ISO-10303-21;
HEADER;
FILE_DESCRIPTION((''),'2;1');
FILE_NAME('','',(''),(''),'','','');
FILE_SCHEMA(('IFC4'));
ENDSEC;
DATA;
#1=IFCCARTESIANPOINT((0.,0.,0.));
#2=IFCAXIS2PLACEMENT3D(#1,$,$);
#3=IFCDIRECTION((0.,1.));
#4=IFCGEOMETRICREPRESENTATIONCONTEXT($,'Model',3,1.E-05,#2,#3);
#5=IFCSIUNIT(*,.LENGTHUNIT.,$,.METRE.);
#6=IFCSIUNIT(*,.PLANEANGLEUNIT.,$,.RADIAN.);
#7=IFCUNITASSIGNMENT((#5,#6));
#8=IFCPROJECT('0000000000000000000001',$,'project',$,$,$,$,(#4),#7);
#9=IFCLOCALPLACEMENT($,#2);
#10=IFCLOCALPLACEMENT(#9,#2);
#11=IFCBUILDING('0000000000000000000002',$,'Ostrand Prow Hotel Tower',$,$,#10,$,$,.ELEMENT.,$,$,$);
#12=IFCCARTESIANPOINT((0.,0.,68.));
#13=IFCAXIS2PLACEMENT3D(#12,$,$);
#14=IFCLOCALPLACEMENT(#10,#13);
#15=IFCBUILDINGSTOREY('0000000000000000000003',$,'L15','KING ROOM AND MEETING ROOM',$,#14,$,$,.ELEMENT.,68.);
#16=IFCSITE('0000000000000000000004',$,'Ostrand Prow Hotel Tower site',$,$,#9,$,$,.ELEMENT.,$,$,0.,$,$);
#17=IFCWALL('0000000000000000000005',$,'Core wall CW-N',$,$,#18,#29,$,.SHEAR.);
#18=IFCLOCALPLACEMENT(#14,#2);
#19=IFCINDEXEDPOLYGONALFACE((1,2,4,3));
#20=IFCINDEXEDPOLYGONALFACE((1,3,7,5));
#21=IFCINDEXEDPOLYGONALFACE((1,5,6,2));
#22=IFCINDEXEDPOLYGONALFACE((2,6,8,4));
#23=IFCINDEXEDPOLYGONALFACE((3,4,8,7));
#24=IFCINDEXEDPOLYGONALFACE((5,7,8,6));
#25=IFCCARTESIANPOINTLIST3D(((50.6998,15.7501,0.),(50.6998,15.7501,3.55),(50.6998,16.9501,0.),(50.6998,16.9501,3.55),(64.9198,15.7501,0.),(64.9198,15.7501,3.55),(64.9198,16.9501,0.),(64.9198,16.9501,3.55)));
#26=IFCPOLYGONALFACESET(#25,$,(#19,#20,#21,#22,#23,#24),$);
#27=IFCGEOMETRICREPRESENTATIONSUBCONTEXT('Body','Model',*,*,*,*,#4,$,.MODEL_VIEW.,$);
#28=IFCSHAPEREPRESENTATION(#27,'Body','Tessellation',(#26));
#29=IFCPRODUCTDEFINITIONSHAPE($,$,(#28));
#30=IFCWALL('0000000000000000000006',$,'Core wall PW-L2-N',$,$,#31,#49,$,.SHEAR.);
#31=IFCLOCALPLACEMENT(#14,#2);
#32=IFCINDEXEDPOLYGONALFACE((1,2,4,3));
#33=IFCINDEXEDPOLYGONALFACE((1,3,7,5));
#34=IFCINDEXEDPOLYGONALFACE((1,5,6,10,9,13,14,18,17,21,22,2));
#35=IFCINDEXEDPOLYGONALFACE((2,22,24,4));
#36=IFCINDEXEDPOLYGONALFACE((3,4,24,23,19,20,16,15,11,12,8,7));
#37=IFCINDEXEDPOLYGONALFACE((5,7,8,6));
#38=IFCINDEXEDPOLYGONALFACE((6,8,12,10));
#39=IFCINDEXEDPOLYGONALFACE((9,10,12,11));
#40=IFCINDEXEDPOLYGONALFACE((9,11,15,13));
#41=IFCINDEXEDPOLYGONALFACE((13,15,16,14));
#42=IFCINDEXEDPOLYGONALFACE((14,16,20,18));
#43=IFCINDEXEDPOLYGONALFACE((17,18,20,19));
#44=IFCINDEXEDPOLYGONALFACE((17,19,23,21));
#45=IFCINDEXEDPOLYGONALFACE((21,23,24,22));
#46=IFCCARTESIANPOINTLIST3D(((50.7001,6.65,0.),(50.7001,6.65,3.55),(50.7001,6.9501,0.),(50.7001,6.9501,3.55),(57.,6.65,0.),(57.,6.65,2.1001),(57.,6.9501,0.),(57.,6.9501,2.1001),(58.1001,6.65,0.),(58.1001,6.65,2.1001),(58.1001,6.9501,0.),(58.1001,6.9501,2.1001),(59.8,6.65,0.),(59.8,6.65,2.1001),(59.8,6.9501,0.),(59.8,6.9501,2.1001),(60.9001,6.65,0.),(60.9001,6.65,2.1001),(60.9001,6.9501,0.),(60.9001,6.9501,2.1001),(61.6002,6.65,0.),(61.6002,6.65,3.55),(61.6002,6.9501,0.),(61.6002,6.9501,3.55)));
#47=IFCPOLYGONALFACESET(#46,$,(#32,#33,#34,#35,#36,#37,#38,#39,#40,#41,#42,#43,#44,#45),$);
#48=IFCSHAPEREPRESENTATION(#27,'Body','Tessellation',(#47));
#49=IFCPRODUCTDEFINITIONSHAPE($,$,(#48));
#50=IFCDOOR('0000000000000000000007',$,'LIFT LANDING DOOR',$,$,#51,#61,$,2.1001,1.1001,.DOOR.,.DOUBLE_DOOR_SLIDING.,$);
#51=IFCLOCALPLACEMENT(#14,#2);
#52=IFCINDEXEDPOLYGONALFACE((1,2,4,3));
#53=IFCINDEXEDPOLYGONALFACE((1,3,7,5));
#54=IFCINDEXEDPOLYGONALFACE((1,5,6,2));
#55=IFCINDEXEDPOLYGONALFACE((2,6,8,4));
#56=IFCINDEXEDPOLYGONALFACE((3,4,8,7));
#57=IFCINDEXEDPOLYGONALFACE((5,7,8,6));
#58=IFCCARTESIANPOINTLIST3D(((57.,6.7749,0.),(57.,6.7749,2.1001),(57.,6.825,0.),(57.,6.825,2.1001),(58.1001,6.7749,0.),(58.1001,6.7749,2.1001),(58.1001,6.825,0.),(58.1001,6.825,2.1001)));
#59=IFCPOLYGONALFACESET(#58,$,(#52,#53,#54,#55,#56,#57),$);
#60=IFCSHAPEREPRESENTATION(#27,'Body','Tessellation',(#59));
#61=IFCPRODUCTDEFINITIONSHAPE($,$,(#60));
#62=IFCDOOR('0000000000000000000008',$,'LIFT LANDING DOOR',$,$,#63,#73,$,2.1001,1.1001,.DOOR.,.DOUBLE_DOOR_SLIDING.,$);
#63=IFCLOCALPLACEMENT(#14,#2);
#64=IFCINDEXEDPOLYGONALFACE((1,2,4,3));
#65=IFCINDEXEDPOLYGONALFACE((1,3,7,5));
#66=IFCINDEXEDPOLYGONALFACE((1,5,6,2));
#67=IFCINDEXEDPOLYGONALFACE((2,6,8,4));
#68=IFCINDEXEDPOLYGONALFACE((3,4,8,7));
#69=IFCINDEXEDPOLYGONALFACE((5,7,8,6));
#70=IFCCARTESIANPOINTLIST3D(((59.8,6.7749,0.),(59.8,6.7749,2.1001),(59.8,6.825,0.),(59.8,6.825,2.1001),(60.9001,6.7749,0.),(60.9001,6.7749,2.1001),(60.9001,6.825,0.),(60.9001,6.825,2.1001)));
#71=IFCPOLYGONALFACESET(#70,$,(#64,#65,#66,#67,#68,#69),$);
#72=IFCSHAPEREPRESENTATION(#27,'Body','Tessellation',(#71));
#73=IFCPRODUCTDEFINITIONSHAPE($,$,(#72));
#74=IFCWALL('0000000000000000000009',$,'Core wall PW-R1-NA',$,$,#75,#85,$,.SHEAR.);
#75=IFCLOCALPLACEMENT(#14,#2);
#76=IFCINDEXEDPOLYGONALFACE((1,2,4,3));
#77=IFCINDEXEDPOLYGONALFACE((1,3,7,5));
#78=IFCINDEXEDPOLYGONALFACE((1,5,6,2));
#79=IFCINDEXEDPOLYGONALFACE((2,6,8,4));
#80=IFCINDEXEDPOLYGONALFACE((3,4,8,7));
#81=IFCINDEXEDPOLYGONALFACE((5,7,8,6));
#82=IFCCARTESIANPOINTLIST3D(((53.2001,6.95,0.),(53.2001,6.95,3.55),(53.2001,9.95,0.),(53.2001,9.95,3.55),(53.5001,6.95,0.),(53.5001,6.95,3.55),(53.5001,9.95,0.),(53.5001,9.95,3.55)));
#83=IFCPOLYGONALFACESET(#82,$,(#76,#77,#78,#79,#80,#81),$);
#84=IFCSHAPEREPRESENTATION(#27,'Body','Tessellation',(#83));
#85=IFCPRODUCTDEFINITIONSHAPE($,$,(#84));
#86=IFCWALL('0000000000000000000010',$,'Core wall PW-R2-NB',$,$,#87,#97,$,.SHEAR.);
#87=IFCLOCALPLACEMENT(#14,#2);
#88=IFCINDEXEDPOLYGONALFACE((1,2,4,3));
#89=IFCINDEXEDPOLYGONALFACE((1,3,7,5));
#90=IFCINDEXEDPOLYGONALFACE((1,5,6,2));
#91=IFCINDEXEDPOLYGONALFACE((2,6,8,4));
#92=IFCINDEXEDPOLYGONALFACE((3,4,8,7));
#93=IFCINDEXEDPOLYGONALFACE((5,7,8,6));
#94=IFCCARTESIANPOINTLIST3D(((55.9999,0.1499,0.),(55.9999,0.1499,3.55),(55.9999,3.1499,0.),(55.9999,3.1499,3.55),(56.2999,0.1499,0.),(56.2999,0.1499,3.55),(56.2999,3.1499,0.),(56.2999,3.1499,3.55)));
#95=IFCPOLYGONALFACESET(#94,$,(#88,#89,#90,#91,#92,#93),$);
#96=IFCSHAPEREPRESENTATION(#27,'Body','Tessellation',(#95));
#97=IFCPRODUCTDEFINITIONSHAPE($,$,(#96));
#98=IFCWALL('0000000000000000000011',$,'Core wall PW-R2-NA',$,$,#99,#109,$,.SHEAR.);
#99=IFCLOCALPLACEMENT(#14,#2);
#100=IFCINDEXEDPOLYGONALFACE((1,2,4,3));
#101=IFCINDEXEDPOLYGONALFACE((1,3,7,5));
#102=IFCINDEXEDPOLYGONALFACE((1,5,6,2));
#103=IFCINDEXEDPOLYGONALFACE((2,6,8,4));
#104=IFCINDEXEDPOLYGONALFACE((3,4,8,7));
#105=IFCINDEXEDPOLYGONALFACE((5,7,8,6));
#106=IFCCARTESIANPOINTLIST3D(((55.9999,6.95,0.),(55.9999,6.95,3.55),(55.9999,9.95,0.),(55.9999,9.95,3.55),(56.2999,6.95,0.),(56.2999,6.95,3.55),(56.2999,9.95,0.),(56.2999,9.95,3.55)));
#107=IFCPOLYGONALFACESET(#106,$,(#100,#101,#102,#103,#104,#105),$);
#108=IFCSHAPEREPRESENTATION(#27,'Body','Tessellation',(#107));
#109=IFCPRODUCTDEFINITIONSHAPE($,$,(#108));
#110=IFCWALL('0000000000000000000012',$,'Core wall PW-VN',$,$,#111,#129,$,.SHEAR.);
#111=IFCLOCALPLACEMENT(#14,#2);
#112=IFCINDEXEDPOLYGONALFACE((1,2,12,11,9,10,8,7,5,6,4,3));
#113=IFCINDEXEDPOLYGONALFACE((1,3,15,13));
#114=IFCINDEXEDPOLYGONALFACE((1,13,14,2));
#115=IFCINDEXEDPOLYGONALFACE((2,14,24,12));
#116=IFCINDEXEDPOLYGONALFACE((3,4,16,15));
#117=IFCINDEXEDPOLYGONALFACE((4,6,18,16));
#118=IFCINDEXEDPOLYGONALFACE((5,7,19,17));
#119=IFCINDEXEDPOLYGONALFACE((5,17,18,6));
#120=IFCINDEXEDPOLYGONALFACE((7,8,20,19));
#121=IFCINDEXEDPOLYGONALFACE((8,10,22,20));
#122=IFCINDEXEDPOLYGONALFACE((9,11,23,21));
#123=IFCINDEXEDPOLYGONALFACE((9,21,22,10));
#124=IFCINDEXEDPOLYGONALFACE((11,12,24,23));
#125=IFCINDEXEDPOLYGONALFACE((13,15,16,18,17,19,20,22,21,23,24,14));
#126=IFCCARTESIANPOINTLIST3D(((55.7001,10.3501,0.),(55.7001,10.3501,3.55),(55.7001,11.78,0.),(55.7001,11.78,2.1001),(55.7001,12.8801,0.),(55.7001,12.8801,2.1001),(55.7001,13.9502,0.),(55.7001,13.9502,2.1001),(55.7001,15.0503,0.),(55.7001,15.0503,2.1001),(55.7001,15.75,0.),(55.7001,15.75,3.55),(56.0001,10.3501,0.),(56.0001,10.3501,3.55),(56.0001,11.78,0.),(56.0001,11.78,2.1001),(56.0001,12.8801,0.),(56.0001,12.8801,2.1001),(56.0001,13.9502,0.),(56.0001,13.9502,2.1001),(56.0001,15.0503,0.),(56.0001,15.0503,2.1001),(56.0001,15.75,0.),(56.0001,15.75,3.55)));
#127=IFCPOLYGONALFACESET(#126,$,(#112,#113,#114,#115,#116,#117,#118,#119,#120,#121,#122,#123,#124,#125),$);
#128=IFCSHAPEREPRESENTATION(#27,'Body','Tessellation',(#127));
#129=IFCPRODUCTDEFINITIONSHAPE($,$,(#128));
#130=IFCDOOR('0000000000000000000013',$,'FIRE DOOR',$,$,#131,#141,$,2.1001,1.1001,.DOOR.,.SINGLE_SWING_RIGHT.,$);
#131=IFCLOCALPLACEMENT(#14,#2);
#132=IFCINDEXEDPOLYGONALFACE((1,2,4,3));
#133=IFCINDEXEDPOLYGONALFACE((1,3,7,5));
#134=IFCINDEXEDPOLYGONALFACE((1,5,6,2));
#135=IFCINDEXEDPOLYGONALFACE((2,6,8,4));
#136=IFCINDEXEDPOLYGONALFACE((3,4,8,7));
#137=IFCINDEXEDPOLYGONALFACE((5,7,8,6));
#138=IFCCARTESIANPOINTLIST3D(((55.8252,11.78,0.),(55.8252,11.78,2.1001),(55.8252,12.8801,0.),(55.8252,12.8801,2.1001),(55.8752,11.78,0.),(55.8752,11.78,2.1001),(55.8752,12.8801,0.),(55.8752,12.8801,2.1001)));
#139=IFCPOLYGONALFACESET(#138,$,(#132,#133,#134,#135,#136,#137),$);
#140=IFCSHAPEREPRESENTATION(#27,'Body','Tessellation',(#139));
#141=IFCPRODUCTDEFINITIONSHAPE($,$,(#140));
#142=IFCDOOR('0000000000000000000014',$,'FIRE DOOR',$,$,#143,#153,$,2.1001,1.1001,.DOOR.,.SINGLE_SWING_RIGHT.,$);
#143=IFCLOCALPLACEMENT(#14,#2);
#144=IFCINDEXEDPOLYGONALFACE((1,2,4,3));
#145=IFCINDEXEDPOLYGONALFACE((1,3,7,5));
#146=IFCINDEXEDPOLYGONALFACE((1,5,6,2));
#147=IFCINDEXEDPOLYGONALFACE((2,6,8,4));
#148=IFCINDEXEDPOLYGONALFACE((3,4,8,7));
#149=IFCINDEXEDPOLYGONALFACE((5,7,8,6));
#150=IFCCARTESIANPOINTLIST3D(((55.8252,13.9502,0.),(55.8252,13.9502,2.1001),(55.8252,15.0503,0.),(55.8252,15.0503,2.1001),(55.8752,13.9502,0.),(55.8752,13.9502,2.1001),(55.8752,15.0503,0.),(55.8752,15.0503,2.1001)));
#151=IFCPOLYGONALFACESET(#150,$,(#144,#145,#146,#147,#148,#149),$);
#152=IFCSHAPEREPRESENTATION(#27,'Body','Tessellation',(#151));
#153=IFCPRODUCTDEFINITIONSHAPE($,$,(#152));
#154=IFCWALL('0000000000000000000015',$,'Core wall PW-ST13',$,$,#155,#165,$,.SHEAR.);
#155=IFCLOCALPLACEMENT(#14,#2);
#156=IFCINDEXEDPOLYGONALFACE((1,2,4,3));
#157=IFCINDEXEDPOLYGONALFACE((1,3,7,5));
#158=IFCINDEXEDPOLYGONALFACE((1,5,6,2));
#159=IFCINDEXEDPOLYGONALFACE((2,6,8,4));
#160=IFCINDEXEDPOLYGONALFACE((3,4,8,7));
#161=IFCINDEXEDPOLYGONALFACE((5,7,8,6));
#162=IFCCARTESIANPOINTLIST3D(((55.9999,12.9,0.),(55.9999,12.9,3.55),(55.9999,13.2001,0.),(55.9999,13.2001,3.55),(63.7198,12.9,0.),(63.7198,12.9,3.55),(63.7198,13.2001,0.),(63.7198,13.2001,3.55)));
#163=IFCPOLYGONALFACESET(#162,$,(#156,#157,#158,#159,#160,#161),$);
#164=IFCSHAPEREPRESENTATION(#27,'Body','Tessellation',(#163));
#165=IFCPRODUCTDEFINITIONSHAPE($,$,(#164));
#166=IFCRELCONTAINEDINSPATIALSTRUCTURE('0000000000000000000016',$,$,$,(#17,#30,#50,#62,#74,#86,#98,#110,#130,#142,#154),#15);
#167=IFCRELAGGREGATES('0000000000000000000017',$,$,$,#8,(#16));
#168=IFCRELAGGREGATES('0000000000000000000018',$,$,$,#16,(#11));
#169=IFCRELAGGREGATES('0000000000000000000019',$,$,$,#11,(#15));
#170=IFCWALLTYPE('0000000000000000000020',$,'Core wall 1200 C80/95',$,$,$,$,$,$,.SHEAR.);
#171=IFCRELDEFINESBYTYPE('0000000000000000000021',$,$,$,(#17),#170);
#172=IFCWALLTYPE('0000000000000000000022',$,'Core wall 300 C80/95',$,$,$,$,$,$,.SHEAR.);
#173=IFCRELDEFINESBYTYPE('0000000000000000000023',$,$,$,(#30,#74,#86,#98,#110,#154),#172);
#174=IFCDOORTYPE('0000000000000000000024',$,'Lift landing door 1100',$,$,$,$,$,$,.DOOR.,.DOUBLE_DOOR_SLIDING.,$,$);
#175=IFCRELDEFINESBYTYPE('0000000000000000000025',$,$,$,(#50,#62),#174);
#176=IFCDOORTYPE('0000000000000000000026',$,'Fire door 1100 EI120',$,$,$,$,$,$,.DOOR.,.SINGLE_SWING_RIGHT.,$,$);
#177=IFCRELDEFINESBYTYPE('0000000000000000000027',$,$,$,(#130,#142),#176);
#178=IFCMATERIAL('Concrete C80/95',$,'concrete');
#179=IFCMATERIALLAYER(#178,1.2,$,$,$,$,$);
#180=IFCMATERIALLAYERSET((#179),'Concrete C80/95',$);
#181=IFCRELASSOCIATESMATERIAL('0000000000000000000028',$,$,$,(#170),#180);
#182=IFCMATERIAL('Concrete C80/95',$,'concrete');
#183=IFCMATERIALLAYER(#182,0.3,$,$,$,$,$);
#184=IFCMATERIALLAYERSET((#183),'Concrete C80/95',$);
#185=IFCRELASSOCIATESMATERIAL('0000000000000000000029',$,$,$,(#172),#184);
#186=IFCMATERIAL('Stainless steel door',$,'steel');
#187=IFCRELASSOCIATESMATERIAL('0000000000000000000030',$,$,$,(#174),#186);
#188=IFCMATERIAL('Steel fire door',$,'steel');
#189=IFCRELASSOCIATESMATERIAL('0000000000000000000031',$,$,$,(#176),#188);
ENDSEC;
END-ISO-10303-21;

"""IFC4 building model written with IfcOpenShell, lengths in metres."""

from ifc_helpers import new_model, si_unit, direction, frame, frame_2d, origin, place, context, subcontext, project, spatial, rectangle, extrude, material, layer, layer_set, type_object, element, fill, save


model = new_model("IFC4")

# Units and contexts
model_context = context("Model", 3, precision=1e-05, world=origin(), true_north=direction((0.0, 1.0)))
body_context = subcontext(model_context, "Body", "Model", "MODEL_VIEW")
ifc_project = project(units=[si_unit("LENGTHUNIT", "METRE"), si_unit("PLANEANGLEUNIT", "RADIAN")], contexts=[model_context])

# Site, building, storey
site_placement = place(None, origin())
site = spatial("IfcSite", under=ifc_project, at=site_placement, Name="Ostrand Prow Hotel Tower site", CompositionType="ELEMENT", RefElevation=0.0)
building_placement = place(site_placement, origin())
building = spatial("IfcBuilding", under=site, at=building_placement, Name="Ostrand Prow Hotel Tower", CompositionType="ELEMENT")
storey_placement = place(building_placement, frame((0.0, 0.0, 68.0)))
storey = spatial("IfcBuildingStorey", under=building, at=storey_placement, Name="L15", Description="KING ROOM AND MEETING ROOM", CompositionType="ELEMENT", Elevation=68.0)

# Wall
ifc_material_1 = material(Name="Concrete C80/95", Category="concrete")
ifc_layer_1 = layer(ifc_material_1, 1.2)
ifc_layer_set_1 = layer_set([ifc_layer_1], Name="Concrete C80/95")
wall_type_1 = type_object("IfcWallType", Name="Core wall 1200 C80/95", PredefinedType="SHEAR", material=ifc_layer_set_1)
wall_1_placement = place(storey_placement, frame((50.7, 16.3501, 0.0), z_axis=(0.0, 0.0, 1.0), x_axis=(1.0, 0.0, 0.0)))
element("IfcWall", 1, at=wall_1_placement, inside=storey, type_object=wall_type_1, Name="Core wall CW-N", PredefinedType="SHEAR", context=body_context, shape_type="SweptSolid", body=[
    extrude(rectangle(XDim=14.22, YDim=1.2, at=frame_2d((7.1099, 0.0))), origin(), (0.0, 0.0, 1.0), 3.55),
])

# Wall, openings, doors
ifc_material_2 = material(Name="Concrete C80/95", Category="concrete")
ifc_layer_2 = layer(ifc_material_2, 0.3)
ifc_layer_set_2 = layer_set([ifc_layer_2], Name="Concrete C80/95")
wall_type_2 = type_object("IfcWallType", Name="Core wall 300 C80/95", PredefinedType="SHEAR", material=ifc_layer_set_2)
wall_2_placement = place(storey_placement, frame((50.7, 6.8, 0.0), z_axis=(0.0, 0.0, 1.0), x_axis=(1.0, 0.0, 0.0)))
wall_2 = element("IfcWall", 2, at=wall_2_placement, inside=storey, type_object=wall_type_2, Name="Core wall PW-L2-N", PredefinedType="SHEAR", context=body_context, shape_type="SweptSolid", body=[
    extrude(rectangle(XDim=10.9001, YDim=0.3, at=frame_2d((5.4502, 0.0))), origin(), (0.0, 0.0, 1.0), 3.55),
])
opening_1_placement = place(wall_2_placement, frame((6.3, 0.0, 0.0)))
opening_1 = element("IfcOpeningElement", 3, at=opening_1_placement, cuts=wall_2, PredefinedType="OPENING", context=body_context, shape_type="SweptSolid", body=[
    extrude(rectangle(XDim=1.1001, YDim=2.1001, at=frame_2d((0.55, 1.05))), frame((0.0, 0.1599, 0.0), z_axis=(0.0, -1.0, 0.0), x_axis=(1.0, 0.0, 0.0)), (0.0, 0.0, 1.0), 0.3201),
])
opening_2_placement = place(wall_2_placement, frame((9.1001, 0.0, 0.0)))
opening_2 = element("IfcOpeningElement", 4, at=opening_2_placement, cuts=wall_2, PredefinedType="OPENING", context=body_context, shape_type="SweptSolid", body=[
    extrude(rectangle(XDim=1.1001, YDim=2.1001, at=frame_2d((0.55, 1.05))), frame((0.0, 0.1599, 0.0), z_axis=(0.0, -1.0, 0.0), x_axis=(1.0, 0.0, 0.0)), (0.0, 0.0, 1.0), 0.3201),
])
ifc_material_3 = material(Name="Stainless steel door", Category="steel")
door_type_1 = type_object("IfcDoorType", Name="Lift landing door 1100", OperationType="DOUBLE_DOOR_SLIDING", PredefinedType="DOOR", material=ifc_material_3)
door_1_placement = place(opening_1_placement, origin())
door_1 = element("IfcDoor", 5, at=door_1_placement, inside=storey, type_object=door_type_1, Name="LIFT LANDING DOOR", OperationType="DOUBLE_DOOR_SLIDING", OverallHeight=2.1001, OverallWidth=1.1001, PredefinedType="DOOR", context=body_context, shape_type="SweptSolid", body=[
    extrude(rectangle(XDim=1.1001, YDim=2.1001, at=frame_2d((0.55, 1.05))), frame((0.0, 0.0249, 0.0), z_axis=(0.0, -1.0, 0.0), x_axis=(1.0, 0.0, 0.0)), (0.0, 0.0, 1.0), 0.05),
])
fill(opening_1, door_1)
door_2_placement = place(opening_2_placement, origin())
door_2 = element("IfcDoor", 6, at=door_2_placement, inside=storey, type_object=door_type_1, Name="LIFT LANDING DOOR", OperationType="DOUBLE_DOOR_SLIDING", OverallHeight=2.1001, OverallWidth=1.1001, PredefinedType="DOOR", context=body_context, shape_type="SweptSolid", body=[
    extrude(rectangle(XDim=1.1001, YDim=2.1001, at=frame_2d((0.55, 1.05))), frame((0.0, 0.0249, 0.0), z_axis=(0.0, -1.0, 0.0), x_axis=(1.0, 0.0, 0.0)), (0.0, 0.0, 1.0), 0.05),
])
fill(opening_2, door_2)

# Walls
for number, where, z_axis, x_axis, name in (
    (7, (53.3501, 6.95, 0.0), (0.0, 0.0, 1.0), (0.0, 1.0, 0.0), "Core wall PW-R1-NA"),
    (8, (56.1499, 0.1499, 0.0), (0.0, 0.0, 1.0), (0.0, 1.0, 0.0), "Core wall PW-R2-NB"),
    (9, (56.1499, 6.95, 0.0), (0.0, 0.0, 1.0), (0.0, 1.0, 0.0), "Core wall PW-R2-NA"),
):
    element("IfcWall", number, at=place(storey_placement, frame(where, z_axis=z_axis, x_axis=x_axis)), inside=storey, type_object=wall_type_2, Name=name, PredefinedType="SHEAR", context=body_context, shape_type="SweptSolid", body=[
        extrude(rectangle(XDim=3.0, YDim=0.3, at=frame_2d((1.5, 0.0))), origin(), (0.0, 0.0, 1.0), 3.55),
    ])

# Wall, openings, doors
wall_3_placement = place(storey_placement, frame((55.8501, 10.3501, 0.0), z_axis=(0.0, 0.0, 1.0), x_axis=(0.0, 1.0, 0.0)))
wall_3 = element("IfcWall", 10, at=wall_3_placement, inside=storey, type_object=wall_type_2, Name="Core wall PW-VN", PredefinedType="SHEAR", context=body_context, shape_type="SweptSolid", body=[
    extrude(rectangle(XDim=5.3999, YDim=0.3, at=frame_2d((2.7, 0.0))), origin(), (0.0, 0.0, 1.0), 3.55),
])
opening_3_placement = place(wall_3_placement, frame((1.4299, 0.0, 0.0)))
opening_3 = element("IfcOpeningElement", 11, at=opening_3_placement, cuts=wall_3, PredefinedType="OPENING", context=body_context, shape_type="SweptSolid", body=[
    extrude(rectangle(XDim=1.1001, YDim=2.1001, at=frame_2d((0.55, 1.05))), frame((0.0, 0.1599, 0.0), z_axis=(0.0, -1.0, 0.0), x_axis=(1.0, 0.0, 0.0)), (0.0, 0.0, 1.0), 0.3201),
])
opening_4_placement = place(wall_3_placement, frame((3.6001, 0.0, 0.0)))
opening_4 = element("IfcOpeningElement", 12, at=opening_4_placement, cuts=wall_3, PredefinedType="OPENING", context=body_context, shape_type="SweptSolid", body=[
    extrude(rectangle(XDim=1.1001, YDim=2.1001, at=frame_2d((0.55, 1.05))), frame((0.0, 0.1599, 0.0), z_axis=(0.0, -1.0, 0.0), x_axis=(1.0, 0.0, 0.0)), (0.0, 0.0, 1.0), 0.3201),
])
ifc_material_4 = material(Name="Steel fire door", Category="steel")
door_type_2 = type_object("IfcDoorType", Name="Fire door 1100 EI120", OperationType="SINGLE_SWING_RIGHT", PredefinedType="DOOR", material=ifc_material_4)
door_3_placement = place(opening_3_placement, origin())
door_3 = element("IfcDoor", 13, at=door_3_placement, inside=storey, type_object=door_type_2, Name="FIRE DOOR", OperationType="SINGLE_SWING_RIGHT", OverallHeight=2.1001, OverallWidth=1.1001, PredefinedType="DOOR", context=body_context, shape_type="SweptSolid", body=[
    extrude(rectangle(XDim=1.1001, YDim=2.1001, at=frame_2d((0.55, 1.05))), frame((0.0, 0.0249, 0.0), z_axis=(0.0, -1.0, 0.0), x_axis=(1.0, 0.0, 0.0)), (0.0, 0.0, 1.0), 0.05),
])
fill(opening_3, door_3)
door_4_placement = place(opening_4_placement, origin())
door_4 = element("IfcDoor", 14, at=door_4_placement, inside=storey, type_object=door_type_2, Name="FIRE DOOR", OperationType="SINGLE_SWING_RIGHT", OverallHeight=2.1001, OverallWidth=1.1001, PredefinedType="DOOR", context=body_context, shape_type="SweptSolid", body=[
    extrude(rectangle(XDim=1.1001, YDim=2.1001, at=frame_2d((0.55, 1.05))), frame((0.0, 0.0249, 0.0), z_axis=(0.0, -1.0, 0.0), x_axis=(1.0, 0.0, 0.0)), (0.0, 0.0, 1.0), 0.05),
])
fill(opening_4, door_4)

# Wall
wall_4_placement = place(storey_placement, frame((56.0, 13.05, 0.0), z_axis=(0.0, 0.0, 1.0), x_axis=(1.0, 0.0, 0.0)))
element("IfcWall", 15, at=wall_4_placement, inside=storey, type_object=wall_type_2, Name="Core wall PW-ST13", PredefinedType="SHEAR", context=body_context, shape_type="SweptSolid", body=[
    extrude(rectangle(XDim=7.72, YDim=0.3, at=frame_2d((3.8599, 0.0))), origin(), (0.0, 0.0, 1.0), 3.55),
])

save(model, "model.ifc")
